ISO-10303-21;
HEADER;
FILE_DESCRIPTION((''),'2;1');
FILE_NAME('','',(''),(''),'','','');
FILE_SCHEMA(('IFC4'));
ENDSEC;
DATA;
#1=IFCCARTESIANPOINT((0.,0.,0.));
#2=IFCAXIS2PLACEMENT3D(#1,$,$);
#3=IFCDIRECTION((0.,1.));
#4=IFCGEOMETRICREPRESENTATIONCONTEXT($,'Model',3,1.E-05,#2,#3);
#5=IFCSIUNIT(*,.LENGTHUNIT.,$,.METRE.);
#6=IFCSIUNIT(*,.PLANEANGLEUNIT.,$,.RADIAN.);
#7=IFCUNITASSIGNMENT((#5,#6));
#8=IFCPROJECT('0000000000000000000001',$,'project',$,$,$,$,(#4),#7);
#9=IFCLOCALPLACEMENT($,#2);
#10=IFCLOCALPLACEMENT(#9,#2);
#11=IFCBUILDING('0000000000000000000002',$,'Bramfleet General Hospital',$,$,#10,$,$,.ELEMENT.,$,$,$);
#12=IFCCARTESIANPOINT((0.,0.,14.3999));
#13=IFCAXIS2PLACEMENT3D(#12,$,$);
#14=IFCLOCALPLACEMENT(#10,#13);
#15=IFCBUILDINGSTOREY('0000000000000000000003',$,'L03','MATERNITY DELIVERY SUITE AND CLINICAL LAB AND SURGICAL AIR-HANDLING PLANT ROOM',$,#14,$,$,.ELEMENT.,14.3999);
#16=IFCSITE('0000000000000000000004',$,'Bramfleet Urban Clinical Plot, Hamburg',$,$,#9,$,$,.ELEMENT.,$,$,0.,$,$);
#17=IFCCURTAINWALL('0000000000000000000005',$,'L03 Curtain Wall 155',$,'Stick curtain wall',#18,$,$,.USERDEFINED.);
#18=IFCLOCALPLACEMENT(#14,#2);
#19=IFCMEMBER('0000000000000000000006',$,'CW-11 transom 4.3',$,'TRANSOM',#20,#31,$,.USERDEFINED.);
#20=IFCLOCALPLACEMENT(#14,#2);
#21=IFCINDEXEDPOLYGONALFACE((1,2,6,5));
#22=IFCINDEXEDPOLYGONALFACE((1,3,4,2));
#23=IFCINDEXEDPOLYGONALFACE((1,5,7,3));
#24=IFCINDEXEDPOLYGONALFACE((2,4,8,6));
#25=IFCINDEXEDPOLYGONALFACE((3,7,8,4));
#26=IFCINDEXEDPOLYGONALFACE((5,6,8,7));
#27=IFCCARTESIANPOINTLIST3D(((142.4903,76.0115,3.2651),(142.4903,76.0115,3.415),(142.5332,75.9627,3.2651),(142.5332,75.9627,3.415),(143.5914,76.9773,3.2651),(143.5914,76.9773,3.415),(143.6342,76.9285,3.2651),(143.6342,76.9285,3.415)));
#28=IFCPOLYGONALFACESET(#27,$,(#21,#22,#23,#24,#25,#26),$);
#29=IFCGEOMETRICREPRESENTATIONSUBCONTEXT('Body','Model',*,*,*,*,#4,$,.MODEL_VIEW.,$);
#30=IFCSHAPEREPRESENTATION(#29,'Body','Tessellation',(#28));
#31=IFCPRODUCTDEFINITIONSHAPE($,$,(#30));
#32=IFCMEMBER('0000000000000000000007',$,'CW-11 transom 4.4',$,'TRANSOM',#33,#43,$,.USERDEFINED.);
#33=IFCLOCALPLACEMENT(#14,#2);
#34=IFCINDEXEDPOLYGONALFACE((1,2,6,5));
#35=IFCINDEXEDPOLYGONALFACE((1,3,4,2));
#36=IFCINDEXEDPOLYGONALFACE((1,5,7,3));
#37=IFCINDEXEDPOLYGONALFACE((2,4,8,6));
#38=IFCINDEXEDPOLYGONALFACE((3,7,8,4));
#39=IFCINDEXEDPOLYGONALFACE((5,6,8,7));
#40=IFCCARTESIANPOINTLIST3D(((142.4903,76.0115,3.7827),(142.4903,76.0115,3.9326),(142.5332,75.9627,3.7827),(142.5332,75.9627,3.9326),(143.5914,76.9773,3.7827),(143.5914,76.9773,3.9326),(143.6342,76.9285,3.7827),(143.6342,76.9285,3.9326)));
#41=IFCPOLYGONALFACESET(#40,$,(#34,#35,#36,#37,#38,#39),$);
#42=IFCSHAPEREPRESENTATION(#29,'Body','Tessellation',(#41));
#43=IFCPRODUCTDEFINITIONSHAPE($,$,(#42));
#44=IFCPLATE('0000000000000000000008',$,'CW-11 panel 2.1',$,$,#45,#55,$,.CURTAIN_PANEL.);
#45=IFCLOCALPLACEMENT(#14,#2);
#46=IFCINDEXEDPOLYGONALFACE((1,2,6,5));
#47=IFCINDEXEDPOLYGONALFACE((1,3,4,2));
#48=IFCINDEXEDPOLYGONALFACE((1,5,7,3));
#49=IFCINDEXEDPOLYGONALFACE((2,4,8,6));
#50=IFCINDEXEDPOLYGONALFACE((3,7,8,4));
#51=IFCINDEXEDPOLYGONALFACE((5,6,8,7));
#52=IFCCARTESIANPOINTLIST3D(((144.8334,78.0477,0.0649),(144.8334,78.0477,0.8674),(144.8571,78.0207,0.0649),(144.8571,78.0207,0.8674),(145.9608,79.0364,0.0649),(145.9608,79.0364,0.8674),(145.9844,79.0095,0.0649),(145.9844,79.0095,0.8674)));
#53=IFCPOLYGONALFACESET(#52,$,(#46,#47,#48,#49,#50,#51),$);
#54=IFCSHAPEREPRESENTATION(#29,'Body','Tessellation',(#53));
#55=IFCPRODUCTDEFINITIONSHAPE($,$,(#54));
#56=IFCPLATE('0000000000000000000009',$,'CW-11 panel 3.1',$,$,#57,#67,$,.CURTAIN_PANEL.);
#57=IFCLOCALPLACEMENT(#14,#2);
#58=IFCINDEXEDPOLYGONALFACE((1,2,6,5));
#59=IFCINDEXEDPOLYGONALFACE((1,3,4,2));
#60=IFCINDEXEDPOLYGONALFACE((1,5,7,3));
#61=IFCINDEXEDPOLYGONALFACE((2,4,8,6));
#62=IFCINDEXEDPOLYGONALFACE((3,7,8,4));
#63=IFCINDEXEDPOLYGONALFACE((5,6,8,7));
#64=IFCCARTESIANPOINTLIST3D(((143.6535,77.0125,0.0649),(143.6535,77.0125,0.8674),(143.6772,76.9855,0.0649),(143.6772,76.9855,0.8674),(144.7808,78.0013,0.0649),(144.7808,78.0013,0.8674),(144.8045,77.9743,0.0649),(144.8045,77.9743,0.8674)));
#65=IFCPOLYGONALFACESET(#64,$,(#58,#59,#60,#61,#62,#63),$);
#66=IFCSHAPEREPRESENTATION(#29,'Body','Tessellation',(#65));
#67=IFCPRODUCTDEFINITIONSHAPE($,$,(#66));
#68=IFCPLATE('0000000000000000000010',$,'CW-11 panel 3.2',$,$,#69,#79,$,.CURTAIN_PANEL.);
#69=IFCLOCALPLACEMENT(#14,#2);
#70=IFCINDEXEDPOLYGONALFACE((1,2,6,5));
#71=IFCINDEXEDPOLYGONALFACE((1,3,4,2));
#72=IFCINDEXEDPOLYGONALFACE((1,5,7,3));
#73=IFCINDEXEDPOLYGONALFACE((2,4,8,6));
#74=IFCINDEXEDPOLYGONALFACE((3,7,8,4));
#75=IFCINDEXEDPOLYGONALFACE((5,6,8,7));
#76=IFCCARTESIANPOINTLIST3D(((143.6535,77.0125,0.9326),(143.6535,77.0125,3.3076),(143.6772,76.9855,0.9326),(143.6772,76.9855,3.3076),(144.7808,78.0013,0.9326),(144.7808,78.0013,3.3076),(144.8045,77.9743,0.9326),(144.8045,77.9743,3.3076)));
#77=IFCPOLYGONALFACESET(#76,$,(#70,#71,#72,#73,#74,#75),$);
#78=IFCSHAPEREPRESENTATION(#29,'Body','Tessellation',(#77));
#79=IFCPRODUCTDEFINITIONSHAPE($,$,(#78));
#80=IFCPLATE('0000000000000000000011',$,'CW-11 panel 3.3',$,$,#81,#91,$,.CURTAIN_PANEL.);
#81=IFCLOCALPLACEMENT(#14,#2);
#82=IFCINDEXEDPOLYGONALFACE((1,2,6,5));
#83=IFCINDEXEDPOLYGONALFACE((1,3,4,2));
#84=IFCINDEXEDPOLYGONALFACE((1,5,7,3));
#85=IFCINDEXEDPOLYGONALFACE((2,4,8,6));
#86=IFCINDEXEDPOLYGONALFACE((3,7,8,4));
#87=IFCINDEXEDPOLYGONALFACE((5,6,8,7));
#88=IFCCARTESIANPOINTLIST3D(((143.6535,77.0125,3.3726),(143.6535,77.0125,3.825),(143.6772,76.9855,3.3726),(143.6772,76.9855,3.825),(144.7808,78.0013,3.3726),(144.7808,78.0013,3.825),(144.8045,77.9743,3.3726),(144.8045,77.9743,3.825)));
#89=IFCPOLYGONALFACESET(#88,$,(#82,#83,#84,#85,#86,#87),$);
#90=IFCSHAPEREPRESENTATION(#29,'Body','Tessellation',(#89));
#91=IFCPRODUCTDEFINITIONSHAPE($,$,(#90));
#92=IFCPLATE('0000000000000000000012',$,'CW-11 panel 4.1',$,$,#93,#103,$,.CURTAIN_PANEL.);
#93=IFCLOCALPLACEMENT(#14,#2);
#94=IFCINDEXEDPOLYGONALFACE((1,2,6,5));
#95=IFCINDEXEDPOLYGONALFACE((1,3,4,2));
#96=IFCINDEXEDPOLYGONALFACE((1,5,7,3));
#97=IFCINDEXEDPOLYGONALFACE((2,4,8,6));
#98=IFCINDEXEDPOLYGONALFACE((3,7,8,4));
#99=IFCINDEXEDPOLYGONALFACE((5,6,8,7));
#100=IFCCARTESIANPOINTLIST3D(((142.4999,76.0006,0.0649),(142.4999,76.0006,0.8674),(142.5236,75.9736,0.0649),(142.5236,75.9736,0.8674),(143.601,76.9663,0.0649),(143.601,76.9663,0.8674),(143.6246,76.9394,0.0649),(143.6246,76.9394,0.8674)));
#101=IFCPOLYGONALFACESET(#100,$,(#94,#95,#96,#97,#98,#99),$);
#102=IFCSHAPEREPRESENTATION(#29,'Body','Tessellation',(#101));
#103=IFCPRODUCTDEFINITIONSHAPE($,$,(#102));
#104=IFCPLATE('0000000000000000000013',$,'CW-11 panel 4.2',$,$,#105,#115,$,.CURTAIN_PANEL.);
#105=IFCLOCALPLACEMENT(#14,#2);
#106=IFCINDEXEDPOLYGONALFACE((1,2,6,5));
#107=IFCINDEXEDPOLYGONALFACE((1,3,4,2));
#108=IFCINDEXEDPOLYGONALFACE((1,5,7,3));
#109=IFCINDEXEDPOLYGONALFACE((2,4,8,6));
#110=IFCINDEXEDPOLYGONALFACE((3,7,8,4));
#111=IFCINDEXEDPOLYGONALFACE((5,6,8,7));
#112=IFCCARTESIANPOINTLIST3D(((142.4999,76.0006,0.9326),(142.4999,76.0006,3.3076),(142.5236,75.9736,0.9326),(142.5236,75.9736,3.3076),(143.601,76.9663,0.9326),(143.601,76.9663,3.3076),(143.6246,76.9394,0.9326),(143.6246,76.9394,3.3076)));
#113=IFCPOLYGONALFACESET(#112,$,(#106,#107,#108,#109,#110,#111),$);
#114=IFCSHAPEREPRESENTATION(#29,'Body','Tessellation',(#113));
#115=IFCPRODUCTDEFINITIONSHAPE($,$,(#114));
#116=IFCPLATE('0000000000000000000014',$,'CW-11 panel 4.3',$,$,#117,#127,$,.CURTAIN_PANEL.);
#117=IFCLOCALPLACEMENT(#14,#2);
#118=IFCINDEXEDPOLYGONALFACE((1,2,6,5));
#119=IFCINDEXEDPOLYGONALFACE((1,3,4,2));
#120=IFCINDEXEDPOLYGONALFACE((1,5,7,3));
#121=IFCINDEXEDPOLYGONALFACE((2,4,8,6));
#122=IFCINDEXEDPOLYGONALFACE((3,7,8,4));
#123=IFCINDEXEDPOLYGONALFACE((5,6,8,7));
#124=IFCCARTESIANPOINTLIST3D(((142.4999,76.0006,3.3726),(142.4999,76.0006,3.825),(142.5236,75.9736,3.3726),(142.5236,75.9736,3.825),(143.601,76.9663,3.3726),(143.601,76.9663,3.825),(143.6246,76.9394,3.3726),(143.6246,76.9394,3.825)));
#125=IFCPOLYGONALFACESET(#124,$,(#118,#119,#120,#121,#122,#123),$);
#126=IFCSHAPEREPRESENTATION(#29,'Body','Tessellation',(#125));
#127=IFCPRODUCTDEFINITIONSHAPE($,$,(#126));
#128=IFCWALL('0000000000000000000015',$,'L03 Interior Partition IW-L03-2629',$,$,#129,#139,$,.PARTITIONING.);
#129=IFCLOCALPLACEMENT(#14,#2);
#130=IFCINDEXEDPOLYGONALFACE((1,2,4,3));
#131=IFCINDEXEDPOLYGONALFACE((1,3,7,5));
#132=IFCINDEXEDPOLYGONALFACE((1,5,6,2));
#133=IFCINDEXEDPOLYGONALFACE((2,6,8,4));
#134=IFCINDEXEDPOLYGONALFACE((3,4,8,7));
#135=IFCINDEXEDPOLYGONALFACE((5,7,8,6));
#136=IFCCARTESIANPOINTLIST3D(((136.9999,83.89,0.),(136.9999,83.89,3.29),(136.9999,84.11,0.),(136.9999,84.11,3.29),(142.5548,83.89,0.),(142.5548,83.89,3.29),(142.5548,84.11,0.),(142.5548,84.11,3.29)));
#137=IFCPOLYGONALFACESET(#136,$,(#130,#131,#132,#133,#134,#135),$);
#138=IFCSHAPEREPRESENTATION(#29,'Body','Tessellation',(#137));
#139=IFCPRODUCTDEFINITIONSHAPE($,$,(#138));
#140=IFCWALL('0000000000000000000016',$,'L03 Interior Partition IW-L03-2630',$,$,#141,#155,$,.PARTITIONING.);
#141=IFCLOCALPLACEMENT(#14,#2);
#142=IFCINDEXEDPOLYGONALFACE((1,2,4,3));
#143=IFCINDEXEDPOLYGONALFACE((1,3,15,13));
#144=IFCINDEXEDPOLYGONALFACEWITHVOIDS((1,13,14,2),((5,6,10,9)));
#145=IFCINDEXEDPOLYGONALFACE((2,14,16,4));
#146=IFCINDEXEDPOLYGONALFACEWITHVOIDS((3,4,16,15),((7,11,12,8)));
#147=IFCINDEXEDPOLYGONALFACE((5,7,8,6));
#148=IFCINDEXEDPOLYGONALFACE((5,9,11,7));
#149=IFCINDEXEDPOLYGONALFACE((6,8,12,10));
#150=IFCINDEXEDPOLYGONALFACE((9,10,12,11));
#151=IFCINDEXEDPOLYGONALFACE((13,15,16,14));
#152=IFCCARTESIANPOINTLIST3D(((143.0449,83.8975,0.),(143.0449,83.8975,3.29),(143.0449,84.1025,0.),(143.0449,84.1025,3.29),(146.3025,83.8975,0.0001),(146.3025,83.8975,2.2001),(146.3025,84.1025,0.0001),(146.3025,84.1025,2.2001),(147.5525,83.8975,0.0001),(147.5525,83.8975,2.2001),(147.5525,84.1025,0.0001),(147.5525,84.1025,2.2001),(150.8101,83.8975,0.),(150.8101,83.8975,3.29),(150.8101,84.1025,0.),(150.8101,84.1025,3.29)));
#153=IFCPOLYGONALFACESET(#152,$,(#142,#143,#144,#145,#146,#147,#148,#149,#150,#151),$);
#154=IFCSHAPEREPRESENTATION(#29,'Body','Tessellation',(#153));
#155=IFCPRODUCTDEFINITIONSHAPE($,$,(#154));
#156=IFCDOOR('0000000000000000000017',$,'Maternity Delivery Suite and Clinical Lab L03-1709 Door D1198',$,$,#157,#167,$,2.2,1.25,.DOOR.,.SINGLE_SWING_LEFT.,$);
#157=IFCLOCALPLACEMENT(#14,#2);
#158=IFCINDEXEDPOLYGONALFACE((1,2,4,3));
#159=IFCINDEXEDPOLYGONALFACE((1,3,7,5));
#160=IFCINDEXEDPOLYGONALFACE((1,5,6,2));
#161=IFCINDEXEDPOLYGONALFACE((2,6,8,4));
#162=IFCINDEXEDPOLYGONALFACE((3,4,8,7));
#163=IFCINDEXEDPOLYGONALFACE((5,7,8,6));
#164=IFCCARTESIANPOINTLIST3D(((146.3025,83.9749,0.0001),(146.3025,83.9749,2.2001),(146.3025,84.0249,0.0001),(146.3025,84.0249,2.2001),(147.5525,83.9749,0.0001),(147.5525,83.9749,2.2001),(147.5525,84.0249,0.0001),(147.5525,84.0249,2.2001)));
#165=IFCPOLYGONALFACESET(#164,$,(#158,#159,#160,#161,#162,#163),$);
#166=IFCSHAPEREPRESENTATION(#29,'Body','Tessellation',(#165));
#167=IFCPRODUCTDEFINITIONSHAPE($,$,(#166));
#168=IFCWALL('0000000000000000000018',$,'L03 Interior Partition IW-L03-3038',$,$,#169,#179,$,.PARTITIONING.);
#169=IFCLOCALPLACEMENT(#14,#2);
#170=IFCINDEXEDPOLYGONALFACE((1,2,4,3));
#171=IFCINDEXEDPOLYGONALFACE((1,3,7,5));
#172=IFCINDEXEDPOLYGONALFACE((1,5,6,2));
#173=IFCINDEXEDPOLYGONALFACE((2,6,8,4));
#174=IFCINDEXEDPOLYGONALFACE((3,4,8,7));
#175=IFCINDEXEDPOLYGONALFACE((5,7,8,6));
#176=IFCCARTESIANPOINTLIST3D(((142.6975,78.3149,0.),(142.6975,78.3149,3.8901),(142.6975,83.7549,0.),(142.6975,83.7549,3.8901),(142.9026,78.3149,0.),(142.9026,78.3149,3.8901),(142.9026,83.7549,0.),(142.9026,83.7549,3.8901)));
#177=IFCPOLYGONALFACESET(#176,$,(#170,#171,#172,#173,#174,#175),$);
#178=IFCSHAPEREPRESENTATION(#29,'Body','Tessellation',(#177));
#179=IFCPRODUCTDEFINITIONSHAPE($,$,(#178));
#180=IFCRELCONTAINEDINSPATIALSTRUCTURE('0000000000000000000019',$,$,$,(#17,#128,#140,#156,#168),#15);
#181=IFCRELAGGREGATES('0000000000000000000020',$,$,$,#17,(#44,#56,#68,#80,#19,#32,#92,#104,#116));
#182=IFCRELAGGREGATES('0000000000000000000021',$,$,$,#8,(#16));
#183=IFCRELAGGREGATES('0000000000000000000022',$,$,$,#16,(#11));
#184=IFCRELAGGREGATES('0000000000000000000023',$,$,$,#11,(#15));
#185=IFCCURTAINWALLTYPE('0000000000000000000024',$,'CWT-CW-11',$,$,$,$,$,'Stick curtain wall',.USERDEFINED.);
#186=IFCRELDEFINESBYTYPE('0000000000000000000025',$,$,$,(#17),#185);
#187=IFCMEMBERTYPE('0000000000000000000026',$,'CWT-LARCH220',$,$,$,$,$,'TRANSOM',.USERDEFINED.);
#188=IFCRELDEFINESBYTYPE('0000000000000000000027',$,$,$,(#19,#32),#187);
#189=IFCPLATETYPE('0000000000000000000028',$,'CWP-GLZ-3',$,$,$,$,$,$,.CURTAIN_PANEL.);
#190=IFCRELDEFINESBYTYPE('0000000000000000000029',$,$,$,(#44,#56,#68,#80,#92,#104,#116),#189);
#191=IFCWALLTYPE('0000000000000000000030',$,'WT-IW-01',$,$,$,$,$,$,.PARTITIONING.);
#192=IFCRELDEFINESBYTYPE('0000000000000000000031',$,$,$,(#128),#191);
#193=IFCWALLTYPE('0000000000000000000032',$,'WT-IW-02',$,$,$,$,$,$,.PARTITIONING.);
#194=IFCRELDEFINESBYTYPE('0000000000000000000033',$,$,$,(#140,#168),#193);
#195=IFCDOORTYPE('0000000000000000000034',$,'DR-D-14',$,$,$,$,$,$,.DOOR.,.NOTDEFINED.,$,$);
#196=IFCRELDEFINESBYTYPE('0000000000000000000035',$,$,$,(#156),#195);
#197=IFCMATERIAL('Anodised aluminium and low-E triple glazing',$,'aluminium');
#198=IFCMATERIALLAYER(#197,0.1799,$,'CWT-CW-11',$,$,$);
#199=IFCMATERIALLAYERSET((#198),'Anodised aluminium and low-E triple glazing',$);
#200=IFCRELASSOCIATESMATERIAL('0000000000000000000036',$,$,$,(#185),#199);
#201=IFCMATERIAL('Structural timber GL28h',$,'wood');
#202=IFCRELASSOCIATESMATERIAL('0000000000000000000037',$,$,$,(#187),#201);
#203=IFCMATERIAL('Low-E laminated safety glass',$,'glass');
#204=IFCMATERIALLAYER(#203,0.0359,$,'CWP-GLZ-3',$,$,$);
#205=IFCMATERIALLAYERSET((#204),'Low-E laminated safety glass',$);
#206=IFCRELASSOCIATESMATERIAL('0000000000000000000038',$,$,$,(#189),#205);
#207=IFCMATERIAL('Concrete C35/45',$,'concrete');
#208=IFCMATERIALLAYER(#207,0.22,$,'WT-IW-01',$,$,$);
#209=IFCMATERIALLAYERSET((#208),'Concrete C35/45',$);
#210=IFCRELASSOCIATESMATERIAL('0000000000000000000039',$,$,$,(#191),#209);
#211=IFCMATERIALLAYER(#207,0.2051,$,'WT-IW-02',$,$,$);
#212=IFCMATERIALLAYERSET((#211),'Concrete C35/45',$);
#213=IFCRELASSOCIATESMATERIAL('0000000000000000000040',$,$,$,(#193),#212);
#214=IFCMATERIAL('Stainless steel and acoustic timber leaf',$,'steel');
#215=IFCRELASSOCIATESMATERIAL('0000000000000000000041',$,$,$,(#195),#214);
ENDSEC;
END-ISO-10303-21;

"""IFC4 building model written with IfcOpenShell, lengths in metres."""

from ifc_helpers import new_model, si_unit, direction, frame, frame_2d, origin, origin_2d, place, context, subcontext, project, spatial, rectangle, extrude, material, layer, layer_set, material_profile, profile_set, type_object, element, fill, aggregate, save


model = new_model("IFC4")

# Units and contexts
model_context = context("Model", 3, precision=1e-05, world=origin(), true_north=direction((0.0, 1.0)))
body_context = subcontext(model_context, "Body", "Model", "MODEL_VIEW")
ifc_project = project(units=[si_unit("LENGTHUNIT", "METRE"), si_unit("PLANEANGLEUNIT", "RADIAN")], contexts=[model_context])

# Site, building, storey
site_placement = place(None, origin())
site = spatial("IfcSite", under=ifc_project, at=site_placement, Name="Bramfleet Urban Clinical Plot, Hamburg", CompositionType="ELEMENT", RefElevation=0.0)
building_placement = place(site_placement, origin())
building = spatial("IfcBuilding", under=site, at=building_placement, Name="Bramfleet General Hospital", CompositionType="ELEMENT")
storey_placement = place(building_placement, frame((0.0, 0.0, 14.3999)))
storey = spatial("IfcBuildingStorey", under=building, at=storey_placement, Name="L03", Description="MATERNITY DELIVERY SUITE AND CLINICAL LAB AND SURGICAL AIR-HANDLING PLANT ROOM", CompositionType="ELEMENT", Elevation=14.3999)

# Shared definitions
ifc_material_1 = material(Name="Concrete C35/45", Category="concrete")

# Curtain wall
ifc_material_2 = material(Name="Anodised aluminium and low-E triple glazing", Category="aluminium")
ifc_layer_1 = layer(ifc_material_2, 0.1799, Name="CWT-CW-11")
ifc_layer_set_1 = layer_set([ifc_layer_1], Name="Anodised aluminium and low-E triple glazing")
curtain_wall_type_1 = type_object("IfcCurtainWallType", Name="CWT-CW-11", ElementType="Stick curtain wall", PredefinedType="USERDEFINED", material=ifc_layer_set_1)
curtain_wall_1_placement = place(storey_placement, origin())
curtain_wall_1 = element("IfcCurtainWall", 1, at=curtain_wall_1_placement, inside=storey, type_object=curtain_wall_type_1, Name="L03 Curtain Wall 155", ObjectType="Stick curtain wall", PredefinedType="USERDEFINED")
ifc_material_3 = material(Name="Structural timber GL28h", Category="wood")

# Members
ifc_material_profile_1 = material_profile(ifc_material_3, rectangle(XDim=0.0649, YDim=0.1499, at=origin_2d()), Name="LARCH 150x65")
ifc_profile_set_1 = profile_set([ifc_material_profile_1], Name="Structural timber GL28h")
member_type_1 = type_object("IfcMemberType", Name="CWT-LARCH220", ElementType="TRANSOM", PredefinedType="USERDEFINED", material=ifc_profile_set_1)
member_1_placement = place(storey_placement, frame((143.6128, 76.9529, 3.3401), z_axis=(-0.751771, -0.659425, 0.0), x_axis=(0.659425, -0.751771, 0.0)))
member_1 = element("IfcMember", 2, at=member_1_placement, type_object=member_type_1, Name="CW-11 transom 4.3", ObjectType="TRANSOM", PredefinedType="USERDEFINED", context=body_context, shape_type="SweptSolid", body=[
    extrude(rectangle(XDim=0.0649, YDim=0.1499, at=origin_2d()), origin(), (0.0, 0.0, 1.0), 1.4646),
])
member_2_placement = place(storey_placement, frame((143.6128, 76.9529, 3.8577), z_axis=(-0.751771, -0.659425, 0.0), x_axis=(0.659425, -0.751771, 0.0)))
member_2 = element("IfcMember", 3, at=member_2_placement, type_object=member_type_1, Name="CW-11 transom 4.4", ObjectType="TRANSOM", PredefinedType="USERDEFINED", context=body_context, shape_type="SweptSolid", body=[
    extrude(rectangle(XDim=0.0649, YDim=0.1499, at=origin_2d()), origin(), (0.0, 0.0, 1.0), 1.4646),
])

# Plates
ifc_material_4 = material(Name="Low-E laminated safety glass", Category="glass")
ifc_layer_2 = layer(ifc_material_4, 0.0359, Name="CWP-GLZ-3")
ifc_layer_set_2 = layer_set([ifc_layer_2], Name="Low-E laminated safety glass")
plate_type = type_object("IfcPlateType", Name="CWP-GLZ-3", PredefinedType="CURTAIN_PANEL", material=ifc_layer_set_2)
plate_1_placement = place(storey_placement, frame((145.4089, 78.5286, 0.0649), z_axis=(0.0, 0.0, 1.0), x_axis=(-0.751787, -0.659406, 0.0)))
plate_1 = element("IfcPlate", 4, at=plate_1_placement, type_object=plate_type, Name="CW-11 panel 2.1", PredefinedType="CURTAIN_PANEL", context=body_context, shape_type="SweptSolid", body=[
    extrude(rectangle(XDim=1.4995, YDim=0.0359, at=origin_2d()), origin(), (0.0, 0.0, 1.0), 0.8025),
])
plate_2_placement = place(storey_placement, frame((144.229, 77.4934, 0.0649), z_axis=(0.0, 0.0, 1.0), x_axis=(-0.751787, -0.659406, 0.0)))
plate_2 = element("IfcPlate", 5, at=plate_2_placement, type_object=plate_type, Name="CW-11 panel 3.1", PredefinedType="CURTAIN_PANEL", context=body_context, shape_type="SweptSolid", body=[
    extrude(rectangle(XDim=1.4995, YDim=0.0359, at=origin_2d()), origin(), (0.0, 0.0, 1.0), 0.8025),
])
plate_3_placement = place(storey_placement, frame((144.229, 77.4934, 0.9326), z_axis=(0.0, 0.0, 1.0), x_axis=(-0.751787, -0.659406, 0.0)))
plate_3 = element("IfcPlate", 6, at=plate_3_placement, type_object=plate_type, Name="CW-11 panel 3.2", PredefinedType="CURTAIN_PANEL", context=body_context, shape_type="SweptSolid", body=[
    extrude(rectangle(XDim=1.4995, YDim=0.0359, at=origin_2d()), origin(), (0.0, 0.0, 1.0), 2.375),
])
plate_4_placement = place(storey_placement, frame((144.229, 77.4934, 3.3726), z_axis=(0.0, 0.0, 1.0), x_axis=(-0.751787, -0.659406, 0.0)))
plate_4 = element("IfcPlate", 7, at=plate_4_placement, type_object=plate_type, Name="CW-11 panel 3.3", PredefinedType="CURTAIN_PANEL", context=body_context, shape_type="SweptSolid", body=[
    extrude(rectangle(XDim=1.4995, YDim=0.0359, at=origin_2d()), origin(), (0.0, 0.0, 1.0), 0.4524),
])
plate_5_placement = place(storey_placement, frame((143.0623, 76.47, 0.0649), z_axis=(0.0, 0.0, 1.0), x_axis=(-0.751787, -0.659406, 0.0)))
plate_5 = element("IfcPlate", 8, at=plate_5_placement, type_object=plate_type, Name="CW-11 panel 4.1", PredefinedType="CURTAIN_PANEL", context=body_context, shape_type="SweptSolid", body=[
    extrude(rectangle(XDim=1.4646, YDim=0.0359, at=origin_2d()), origin(), (0.0, 0.0, 1.0), 0.8025),
])
plate_6_placement = place(storey_placement, frame((143.0623, 76.47, 0.9326), z_axis=(0.0, 0.0, 1.0), x_axis=(-0.751787, -0.659406, 0.0)))
plate_6 = element("IfcPlate", 9, at=plate_6_placement, type_object=plate_type, Name="CW-11 panel 4.2", PredefinedType="CURTAIN_PANEL", context=body_context, shape_type="SweptSolid", body=[
    extrude(rectangle(XDim=1.4646, YDim=0.0359, at=origin_2d()), origin(), (0.0, 0.0, 1.0), 2.375),
])
plate_7_placement = place(storey_placement, frame((143.0623, 76.47, 3.3726), z_axis=(0.0, 0.0, 1.0), x_axis=(-0.751787, -0.659406, 0.0)))
plate_7 = element("IfcPlate", 10, at=plate_7_placement, type_object=plate_type, Name="CW-11 panel 4.3", PredefinedType="CURTAIN_PANEL", context=body_context, shape_type="SweptSolid", body=[
    extrude(rectangle(XDim=1.4646, YDim=0.0359, at=origin_2d()), origin(), (0.0, 0.0, 1.0), 0.4524),
])
aggregate(curtain_wall_1, [plate_1, plate_2, plate_3, plate_4, member_1, member_2, plate_5, plate_6, plate_7])

# Wall
ifc_layer_3 = layer(ifc_material_1, 0.22, Name="WT-IW-01")
ifc_layer_set_3 = layer_set([ifc_layer_3], Name="Concrete C35/45")
wall_type_1 = type_object("IfcWallType", Name="WT-IW-01", PredefinedType="PARTITIONING", material=ifc_layer_set_3)
wall_1_placement = place(storey_placement, frame((137.0, 84.0, 0.0), z_axis=(0.0, 0.0, 1.0), x_axis=(1.0, 0.0, 0.0)))
element("IfcWall", 11, at=wall_1_placement, inside=storey, type_object=wall_type_1, Name="L03 Interior Partition IW-L03-2629", PredefinedType="PARTITIONING", context=body_context, shape_type="SweptSolid", body=[
    extrude(rectangle(XDim=5.5549, YDim=0.22, at=frame_2d((2.7773, 0.0))), origin(), (0.0, 0.0, 1.0), 3.29),
])

# Wall, opening, door
ifc_layer_4 = layer(ifc_material_1, 0.2051, Name="WT-IW-02")
ifc_layer_set_4 = layer_set([ifc_layer_4], Name="Concrete C35/45")
wall_type_2 = type_object("IfcWallType", Name="WT-IW-02", PredefinedType="PARTITIONING", material=ifc_layer_set_4)
wall_2_placement = place(storey_placement, frame((143.0449, 84.0, 0.0), z_axis=(0.0, 0.0, 1.0), x_axis=(1.0, 0.0, 0.0)))
wall_2 = element("IfcWall", 12, at=wall_2_placement, inside=storey, type_object=wall_type_2, Name="L03 Interior Partition IW-L03-2630", PredefinedType="PARTITIONING", context=body_context, shape_type="SweptSolid", body=[
    extrude(rectangle(XDim=7.7651, YDim=0.2051, at=frame_2d((3.8826, 0.0))), origin(), (0.0, 0.0, 1.0), 3.29),
])
opening_1_placement = place(wall_2_placement, frame((3.2576, 0.0, 0.0)))
opening_1 = element("IfcOpeningElement", 13, at=opening_1_placement, cuts=wall_2, PredefinedType="OPENING", context=body_context, shape_type="SweptSolid", body=[
    extrude(rectangle(XDim=1.25, YDim=2.2, at=frame_2d((0.625, 1.1001))), frame((0.0, 0.1125, 0.0), z_axis=(0.0, -1.0, 0.0), x_axis=(1.0, 0.0, 0.0)), (0.0, 0.0, 1.0), 0.2251),
])
ifc_material_5 = material(Name="Stainless steel and acoustic timber leaf", Category="steel")
door_type_1 = type_object("IfcDoorType", Name="DR-D-14", OperationType="NOTDEFINED", PredefinedType="DOOR", material=ifc_material_5)
door_1_placement = place(opening_1_placement, origin())
door_1 = element("IfcDoor", 14, at=door_1_placement, inside=storey, type_object=door_type_1, Name="Maternity Delivery Suite and Clinical Lab L03-1709 Door D1198", OperationType="SINGLE_SWING_LEFT", OverallHeight=2.2, OverallWidth=1.25, PredefinedType="DOOR", context=body_context, shape_type="SweptSolid", body=[
    extrude(rectangle(XDim=1.25, YDim=2.2, at=frame_2d((0.625, 1.1001))), frame((0.0, 0.0249, 0.0), z_axis=(0.0, -1.0, 0.0), x_axis=(1.0, 0.0, 0.0)), (0.0, 0.0, 1.0), 0.05),
])
fill(opening_1, door_1)

# Wall
wall_3_placement = place(storey_placement, frame((142.8, 78.3149, 0.0), z_axis=(0.0, 0.0, 1.0), x_axis=(0.0, 1.0, 0.0)))
element("IfcWall", 15, at=wall_3_placement, inside=storey, type_object=wall_type_2, Name="L03 Interior Partition IW-L03-3038", PredefinedType="PARTITIONING", context=body_context, shape_type="SweptSolid", body=[
    extrude(rectangle(XDim=5.4399, YDim=0.2051, at=frame_2d((2.72, 0.0))), origin(), (0.0, 0.0, 1.0), 3.8901),
])

save(model, "model.ifc")
